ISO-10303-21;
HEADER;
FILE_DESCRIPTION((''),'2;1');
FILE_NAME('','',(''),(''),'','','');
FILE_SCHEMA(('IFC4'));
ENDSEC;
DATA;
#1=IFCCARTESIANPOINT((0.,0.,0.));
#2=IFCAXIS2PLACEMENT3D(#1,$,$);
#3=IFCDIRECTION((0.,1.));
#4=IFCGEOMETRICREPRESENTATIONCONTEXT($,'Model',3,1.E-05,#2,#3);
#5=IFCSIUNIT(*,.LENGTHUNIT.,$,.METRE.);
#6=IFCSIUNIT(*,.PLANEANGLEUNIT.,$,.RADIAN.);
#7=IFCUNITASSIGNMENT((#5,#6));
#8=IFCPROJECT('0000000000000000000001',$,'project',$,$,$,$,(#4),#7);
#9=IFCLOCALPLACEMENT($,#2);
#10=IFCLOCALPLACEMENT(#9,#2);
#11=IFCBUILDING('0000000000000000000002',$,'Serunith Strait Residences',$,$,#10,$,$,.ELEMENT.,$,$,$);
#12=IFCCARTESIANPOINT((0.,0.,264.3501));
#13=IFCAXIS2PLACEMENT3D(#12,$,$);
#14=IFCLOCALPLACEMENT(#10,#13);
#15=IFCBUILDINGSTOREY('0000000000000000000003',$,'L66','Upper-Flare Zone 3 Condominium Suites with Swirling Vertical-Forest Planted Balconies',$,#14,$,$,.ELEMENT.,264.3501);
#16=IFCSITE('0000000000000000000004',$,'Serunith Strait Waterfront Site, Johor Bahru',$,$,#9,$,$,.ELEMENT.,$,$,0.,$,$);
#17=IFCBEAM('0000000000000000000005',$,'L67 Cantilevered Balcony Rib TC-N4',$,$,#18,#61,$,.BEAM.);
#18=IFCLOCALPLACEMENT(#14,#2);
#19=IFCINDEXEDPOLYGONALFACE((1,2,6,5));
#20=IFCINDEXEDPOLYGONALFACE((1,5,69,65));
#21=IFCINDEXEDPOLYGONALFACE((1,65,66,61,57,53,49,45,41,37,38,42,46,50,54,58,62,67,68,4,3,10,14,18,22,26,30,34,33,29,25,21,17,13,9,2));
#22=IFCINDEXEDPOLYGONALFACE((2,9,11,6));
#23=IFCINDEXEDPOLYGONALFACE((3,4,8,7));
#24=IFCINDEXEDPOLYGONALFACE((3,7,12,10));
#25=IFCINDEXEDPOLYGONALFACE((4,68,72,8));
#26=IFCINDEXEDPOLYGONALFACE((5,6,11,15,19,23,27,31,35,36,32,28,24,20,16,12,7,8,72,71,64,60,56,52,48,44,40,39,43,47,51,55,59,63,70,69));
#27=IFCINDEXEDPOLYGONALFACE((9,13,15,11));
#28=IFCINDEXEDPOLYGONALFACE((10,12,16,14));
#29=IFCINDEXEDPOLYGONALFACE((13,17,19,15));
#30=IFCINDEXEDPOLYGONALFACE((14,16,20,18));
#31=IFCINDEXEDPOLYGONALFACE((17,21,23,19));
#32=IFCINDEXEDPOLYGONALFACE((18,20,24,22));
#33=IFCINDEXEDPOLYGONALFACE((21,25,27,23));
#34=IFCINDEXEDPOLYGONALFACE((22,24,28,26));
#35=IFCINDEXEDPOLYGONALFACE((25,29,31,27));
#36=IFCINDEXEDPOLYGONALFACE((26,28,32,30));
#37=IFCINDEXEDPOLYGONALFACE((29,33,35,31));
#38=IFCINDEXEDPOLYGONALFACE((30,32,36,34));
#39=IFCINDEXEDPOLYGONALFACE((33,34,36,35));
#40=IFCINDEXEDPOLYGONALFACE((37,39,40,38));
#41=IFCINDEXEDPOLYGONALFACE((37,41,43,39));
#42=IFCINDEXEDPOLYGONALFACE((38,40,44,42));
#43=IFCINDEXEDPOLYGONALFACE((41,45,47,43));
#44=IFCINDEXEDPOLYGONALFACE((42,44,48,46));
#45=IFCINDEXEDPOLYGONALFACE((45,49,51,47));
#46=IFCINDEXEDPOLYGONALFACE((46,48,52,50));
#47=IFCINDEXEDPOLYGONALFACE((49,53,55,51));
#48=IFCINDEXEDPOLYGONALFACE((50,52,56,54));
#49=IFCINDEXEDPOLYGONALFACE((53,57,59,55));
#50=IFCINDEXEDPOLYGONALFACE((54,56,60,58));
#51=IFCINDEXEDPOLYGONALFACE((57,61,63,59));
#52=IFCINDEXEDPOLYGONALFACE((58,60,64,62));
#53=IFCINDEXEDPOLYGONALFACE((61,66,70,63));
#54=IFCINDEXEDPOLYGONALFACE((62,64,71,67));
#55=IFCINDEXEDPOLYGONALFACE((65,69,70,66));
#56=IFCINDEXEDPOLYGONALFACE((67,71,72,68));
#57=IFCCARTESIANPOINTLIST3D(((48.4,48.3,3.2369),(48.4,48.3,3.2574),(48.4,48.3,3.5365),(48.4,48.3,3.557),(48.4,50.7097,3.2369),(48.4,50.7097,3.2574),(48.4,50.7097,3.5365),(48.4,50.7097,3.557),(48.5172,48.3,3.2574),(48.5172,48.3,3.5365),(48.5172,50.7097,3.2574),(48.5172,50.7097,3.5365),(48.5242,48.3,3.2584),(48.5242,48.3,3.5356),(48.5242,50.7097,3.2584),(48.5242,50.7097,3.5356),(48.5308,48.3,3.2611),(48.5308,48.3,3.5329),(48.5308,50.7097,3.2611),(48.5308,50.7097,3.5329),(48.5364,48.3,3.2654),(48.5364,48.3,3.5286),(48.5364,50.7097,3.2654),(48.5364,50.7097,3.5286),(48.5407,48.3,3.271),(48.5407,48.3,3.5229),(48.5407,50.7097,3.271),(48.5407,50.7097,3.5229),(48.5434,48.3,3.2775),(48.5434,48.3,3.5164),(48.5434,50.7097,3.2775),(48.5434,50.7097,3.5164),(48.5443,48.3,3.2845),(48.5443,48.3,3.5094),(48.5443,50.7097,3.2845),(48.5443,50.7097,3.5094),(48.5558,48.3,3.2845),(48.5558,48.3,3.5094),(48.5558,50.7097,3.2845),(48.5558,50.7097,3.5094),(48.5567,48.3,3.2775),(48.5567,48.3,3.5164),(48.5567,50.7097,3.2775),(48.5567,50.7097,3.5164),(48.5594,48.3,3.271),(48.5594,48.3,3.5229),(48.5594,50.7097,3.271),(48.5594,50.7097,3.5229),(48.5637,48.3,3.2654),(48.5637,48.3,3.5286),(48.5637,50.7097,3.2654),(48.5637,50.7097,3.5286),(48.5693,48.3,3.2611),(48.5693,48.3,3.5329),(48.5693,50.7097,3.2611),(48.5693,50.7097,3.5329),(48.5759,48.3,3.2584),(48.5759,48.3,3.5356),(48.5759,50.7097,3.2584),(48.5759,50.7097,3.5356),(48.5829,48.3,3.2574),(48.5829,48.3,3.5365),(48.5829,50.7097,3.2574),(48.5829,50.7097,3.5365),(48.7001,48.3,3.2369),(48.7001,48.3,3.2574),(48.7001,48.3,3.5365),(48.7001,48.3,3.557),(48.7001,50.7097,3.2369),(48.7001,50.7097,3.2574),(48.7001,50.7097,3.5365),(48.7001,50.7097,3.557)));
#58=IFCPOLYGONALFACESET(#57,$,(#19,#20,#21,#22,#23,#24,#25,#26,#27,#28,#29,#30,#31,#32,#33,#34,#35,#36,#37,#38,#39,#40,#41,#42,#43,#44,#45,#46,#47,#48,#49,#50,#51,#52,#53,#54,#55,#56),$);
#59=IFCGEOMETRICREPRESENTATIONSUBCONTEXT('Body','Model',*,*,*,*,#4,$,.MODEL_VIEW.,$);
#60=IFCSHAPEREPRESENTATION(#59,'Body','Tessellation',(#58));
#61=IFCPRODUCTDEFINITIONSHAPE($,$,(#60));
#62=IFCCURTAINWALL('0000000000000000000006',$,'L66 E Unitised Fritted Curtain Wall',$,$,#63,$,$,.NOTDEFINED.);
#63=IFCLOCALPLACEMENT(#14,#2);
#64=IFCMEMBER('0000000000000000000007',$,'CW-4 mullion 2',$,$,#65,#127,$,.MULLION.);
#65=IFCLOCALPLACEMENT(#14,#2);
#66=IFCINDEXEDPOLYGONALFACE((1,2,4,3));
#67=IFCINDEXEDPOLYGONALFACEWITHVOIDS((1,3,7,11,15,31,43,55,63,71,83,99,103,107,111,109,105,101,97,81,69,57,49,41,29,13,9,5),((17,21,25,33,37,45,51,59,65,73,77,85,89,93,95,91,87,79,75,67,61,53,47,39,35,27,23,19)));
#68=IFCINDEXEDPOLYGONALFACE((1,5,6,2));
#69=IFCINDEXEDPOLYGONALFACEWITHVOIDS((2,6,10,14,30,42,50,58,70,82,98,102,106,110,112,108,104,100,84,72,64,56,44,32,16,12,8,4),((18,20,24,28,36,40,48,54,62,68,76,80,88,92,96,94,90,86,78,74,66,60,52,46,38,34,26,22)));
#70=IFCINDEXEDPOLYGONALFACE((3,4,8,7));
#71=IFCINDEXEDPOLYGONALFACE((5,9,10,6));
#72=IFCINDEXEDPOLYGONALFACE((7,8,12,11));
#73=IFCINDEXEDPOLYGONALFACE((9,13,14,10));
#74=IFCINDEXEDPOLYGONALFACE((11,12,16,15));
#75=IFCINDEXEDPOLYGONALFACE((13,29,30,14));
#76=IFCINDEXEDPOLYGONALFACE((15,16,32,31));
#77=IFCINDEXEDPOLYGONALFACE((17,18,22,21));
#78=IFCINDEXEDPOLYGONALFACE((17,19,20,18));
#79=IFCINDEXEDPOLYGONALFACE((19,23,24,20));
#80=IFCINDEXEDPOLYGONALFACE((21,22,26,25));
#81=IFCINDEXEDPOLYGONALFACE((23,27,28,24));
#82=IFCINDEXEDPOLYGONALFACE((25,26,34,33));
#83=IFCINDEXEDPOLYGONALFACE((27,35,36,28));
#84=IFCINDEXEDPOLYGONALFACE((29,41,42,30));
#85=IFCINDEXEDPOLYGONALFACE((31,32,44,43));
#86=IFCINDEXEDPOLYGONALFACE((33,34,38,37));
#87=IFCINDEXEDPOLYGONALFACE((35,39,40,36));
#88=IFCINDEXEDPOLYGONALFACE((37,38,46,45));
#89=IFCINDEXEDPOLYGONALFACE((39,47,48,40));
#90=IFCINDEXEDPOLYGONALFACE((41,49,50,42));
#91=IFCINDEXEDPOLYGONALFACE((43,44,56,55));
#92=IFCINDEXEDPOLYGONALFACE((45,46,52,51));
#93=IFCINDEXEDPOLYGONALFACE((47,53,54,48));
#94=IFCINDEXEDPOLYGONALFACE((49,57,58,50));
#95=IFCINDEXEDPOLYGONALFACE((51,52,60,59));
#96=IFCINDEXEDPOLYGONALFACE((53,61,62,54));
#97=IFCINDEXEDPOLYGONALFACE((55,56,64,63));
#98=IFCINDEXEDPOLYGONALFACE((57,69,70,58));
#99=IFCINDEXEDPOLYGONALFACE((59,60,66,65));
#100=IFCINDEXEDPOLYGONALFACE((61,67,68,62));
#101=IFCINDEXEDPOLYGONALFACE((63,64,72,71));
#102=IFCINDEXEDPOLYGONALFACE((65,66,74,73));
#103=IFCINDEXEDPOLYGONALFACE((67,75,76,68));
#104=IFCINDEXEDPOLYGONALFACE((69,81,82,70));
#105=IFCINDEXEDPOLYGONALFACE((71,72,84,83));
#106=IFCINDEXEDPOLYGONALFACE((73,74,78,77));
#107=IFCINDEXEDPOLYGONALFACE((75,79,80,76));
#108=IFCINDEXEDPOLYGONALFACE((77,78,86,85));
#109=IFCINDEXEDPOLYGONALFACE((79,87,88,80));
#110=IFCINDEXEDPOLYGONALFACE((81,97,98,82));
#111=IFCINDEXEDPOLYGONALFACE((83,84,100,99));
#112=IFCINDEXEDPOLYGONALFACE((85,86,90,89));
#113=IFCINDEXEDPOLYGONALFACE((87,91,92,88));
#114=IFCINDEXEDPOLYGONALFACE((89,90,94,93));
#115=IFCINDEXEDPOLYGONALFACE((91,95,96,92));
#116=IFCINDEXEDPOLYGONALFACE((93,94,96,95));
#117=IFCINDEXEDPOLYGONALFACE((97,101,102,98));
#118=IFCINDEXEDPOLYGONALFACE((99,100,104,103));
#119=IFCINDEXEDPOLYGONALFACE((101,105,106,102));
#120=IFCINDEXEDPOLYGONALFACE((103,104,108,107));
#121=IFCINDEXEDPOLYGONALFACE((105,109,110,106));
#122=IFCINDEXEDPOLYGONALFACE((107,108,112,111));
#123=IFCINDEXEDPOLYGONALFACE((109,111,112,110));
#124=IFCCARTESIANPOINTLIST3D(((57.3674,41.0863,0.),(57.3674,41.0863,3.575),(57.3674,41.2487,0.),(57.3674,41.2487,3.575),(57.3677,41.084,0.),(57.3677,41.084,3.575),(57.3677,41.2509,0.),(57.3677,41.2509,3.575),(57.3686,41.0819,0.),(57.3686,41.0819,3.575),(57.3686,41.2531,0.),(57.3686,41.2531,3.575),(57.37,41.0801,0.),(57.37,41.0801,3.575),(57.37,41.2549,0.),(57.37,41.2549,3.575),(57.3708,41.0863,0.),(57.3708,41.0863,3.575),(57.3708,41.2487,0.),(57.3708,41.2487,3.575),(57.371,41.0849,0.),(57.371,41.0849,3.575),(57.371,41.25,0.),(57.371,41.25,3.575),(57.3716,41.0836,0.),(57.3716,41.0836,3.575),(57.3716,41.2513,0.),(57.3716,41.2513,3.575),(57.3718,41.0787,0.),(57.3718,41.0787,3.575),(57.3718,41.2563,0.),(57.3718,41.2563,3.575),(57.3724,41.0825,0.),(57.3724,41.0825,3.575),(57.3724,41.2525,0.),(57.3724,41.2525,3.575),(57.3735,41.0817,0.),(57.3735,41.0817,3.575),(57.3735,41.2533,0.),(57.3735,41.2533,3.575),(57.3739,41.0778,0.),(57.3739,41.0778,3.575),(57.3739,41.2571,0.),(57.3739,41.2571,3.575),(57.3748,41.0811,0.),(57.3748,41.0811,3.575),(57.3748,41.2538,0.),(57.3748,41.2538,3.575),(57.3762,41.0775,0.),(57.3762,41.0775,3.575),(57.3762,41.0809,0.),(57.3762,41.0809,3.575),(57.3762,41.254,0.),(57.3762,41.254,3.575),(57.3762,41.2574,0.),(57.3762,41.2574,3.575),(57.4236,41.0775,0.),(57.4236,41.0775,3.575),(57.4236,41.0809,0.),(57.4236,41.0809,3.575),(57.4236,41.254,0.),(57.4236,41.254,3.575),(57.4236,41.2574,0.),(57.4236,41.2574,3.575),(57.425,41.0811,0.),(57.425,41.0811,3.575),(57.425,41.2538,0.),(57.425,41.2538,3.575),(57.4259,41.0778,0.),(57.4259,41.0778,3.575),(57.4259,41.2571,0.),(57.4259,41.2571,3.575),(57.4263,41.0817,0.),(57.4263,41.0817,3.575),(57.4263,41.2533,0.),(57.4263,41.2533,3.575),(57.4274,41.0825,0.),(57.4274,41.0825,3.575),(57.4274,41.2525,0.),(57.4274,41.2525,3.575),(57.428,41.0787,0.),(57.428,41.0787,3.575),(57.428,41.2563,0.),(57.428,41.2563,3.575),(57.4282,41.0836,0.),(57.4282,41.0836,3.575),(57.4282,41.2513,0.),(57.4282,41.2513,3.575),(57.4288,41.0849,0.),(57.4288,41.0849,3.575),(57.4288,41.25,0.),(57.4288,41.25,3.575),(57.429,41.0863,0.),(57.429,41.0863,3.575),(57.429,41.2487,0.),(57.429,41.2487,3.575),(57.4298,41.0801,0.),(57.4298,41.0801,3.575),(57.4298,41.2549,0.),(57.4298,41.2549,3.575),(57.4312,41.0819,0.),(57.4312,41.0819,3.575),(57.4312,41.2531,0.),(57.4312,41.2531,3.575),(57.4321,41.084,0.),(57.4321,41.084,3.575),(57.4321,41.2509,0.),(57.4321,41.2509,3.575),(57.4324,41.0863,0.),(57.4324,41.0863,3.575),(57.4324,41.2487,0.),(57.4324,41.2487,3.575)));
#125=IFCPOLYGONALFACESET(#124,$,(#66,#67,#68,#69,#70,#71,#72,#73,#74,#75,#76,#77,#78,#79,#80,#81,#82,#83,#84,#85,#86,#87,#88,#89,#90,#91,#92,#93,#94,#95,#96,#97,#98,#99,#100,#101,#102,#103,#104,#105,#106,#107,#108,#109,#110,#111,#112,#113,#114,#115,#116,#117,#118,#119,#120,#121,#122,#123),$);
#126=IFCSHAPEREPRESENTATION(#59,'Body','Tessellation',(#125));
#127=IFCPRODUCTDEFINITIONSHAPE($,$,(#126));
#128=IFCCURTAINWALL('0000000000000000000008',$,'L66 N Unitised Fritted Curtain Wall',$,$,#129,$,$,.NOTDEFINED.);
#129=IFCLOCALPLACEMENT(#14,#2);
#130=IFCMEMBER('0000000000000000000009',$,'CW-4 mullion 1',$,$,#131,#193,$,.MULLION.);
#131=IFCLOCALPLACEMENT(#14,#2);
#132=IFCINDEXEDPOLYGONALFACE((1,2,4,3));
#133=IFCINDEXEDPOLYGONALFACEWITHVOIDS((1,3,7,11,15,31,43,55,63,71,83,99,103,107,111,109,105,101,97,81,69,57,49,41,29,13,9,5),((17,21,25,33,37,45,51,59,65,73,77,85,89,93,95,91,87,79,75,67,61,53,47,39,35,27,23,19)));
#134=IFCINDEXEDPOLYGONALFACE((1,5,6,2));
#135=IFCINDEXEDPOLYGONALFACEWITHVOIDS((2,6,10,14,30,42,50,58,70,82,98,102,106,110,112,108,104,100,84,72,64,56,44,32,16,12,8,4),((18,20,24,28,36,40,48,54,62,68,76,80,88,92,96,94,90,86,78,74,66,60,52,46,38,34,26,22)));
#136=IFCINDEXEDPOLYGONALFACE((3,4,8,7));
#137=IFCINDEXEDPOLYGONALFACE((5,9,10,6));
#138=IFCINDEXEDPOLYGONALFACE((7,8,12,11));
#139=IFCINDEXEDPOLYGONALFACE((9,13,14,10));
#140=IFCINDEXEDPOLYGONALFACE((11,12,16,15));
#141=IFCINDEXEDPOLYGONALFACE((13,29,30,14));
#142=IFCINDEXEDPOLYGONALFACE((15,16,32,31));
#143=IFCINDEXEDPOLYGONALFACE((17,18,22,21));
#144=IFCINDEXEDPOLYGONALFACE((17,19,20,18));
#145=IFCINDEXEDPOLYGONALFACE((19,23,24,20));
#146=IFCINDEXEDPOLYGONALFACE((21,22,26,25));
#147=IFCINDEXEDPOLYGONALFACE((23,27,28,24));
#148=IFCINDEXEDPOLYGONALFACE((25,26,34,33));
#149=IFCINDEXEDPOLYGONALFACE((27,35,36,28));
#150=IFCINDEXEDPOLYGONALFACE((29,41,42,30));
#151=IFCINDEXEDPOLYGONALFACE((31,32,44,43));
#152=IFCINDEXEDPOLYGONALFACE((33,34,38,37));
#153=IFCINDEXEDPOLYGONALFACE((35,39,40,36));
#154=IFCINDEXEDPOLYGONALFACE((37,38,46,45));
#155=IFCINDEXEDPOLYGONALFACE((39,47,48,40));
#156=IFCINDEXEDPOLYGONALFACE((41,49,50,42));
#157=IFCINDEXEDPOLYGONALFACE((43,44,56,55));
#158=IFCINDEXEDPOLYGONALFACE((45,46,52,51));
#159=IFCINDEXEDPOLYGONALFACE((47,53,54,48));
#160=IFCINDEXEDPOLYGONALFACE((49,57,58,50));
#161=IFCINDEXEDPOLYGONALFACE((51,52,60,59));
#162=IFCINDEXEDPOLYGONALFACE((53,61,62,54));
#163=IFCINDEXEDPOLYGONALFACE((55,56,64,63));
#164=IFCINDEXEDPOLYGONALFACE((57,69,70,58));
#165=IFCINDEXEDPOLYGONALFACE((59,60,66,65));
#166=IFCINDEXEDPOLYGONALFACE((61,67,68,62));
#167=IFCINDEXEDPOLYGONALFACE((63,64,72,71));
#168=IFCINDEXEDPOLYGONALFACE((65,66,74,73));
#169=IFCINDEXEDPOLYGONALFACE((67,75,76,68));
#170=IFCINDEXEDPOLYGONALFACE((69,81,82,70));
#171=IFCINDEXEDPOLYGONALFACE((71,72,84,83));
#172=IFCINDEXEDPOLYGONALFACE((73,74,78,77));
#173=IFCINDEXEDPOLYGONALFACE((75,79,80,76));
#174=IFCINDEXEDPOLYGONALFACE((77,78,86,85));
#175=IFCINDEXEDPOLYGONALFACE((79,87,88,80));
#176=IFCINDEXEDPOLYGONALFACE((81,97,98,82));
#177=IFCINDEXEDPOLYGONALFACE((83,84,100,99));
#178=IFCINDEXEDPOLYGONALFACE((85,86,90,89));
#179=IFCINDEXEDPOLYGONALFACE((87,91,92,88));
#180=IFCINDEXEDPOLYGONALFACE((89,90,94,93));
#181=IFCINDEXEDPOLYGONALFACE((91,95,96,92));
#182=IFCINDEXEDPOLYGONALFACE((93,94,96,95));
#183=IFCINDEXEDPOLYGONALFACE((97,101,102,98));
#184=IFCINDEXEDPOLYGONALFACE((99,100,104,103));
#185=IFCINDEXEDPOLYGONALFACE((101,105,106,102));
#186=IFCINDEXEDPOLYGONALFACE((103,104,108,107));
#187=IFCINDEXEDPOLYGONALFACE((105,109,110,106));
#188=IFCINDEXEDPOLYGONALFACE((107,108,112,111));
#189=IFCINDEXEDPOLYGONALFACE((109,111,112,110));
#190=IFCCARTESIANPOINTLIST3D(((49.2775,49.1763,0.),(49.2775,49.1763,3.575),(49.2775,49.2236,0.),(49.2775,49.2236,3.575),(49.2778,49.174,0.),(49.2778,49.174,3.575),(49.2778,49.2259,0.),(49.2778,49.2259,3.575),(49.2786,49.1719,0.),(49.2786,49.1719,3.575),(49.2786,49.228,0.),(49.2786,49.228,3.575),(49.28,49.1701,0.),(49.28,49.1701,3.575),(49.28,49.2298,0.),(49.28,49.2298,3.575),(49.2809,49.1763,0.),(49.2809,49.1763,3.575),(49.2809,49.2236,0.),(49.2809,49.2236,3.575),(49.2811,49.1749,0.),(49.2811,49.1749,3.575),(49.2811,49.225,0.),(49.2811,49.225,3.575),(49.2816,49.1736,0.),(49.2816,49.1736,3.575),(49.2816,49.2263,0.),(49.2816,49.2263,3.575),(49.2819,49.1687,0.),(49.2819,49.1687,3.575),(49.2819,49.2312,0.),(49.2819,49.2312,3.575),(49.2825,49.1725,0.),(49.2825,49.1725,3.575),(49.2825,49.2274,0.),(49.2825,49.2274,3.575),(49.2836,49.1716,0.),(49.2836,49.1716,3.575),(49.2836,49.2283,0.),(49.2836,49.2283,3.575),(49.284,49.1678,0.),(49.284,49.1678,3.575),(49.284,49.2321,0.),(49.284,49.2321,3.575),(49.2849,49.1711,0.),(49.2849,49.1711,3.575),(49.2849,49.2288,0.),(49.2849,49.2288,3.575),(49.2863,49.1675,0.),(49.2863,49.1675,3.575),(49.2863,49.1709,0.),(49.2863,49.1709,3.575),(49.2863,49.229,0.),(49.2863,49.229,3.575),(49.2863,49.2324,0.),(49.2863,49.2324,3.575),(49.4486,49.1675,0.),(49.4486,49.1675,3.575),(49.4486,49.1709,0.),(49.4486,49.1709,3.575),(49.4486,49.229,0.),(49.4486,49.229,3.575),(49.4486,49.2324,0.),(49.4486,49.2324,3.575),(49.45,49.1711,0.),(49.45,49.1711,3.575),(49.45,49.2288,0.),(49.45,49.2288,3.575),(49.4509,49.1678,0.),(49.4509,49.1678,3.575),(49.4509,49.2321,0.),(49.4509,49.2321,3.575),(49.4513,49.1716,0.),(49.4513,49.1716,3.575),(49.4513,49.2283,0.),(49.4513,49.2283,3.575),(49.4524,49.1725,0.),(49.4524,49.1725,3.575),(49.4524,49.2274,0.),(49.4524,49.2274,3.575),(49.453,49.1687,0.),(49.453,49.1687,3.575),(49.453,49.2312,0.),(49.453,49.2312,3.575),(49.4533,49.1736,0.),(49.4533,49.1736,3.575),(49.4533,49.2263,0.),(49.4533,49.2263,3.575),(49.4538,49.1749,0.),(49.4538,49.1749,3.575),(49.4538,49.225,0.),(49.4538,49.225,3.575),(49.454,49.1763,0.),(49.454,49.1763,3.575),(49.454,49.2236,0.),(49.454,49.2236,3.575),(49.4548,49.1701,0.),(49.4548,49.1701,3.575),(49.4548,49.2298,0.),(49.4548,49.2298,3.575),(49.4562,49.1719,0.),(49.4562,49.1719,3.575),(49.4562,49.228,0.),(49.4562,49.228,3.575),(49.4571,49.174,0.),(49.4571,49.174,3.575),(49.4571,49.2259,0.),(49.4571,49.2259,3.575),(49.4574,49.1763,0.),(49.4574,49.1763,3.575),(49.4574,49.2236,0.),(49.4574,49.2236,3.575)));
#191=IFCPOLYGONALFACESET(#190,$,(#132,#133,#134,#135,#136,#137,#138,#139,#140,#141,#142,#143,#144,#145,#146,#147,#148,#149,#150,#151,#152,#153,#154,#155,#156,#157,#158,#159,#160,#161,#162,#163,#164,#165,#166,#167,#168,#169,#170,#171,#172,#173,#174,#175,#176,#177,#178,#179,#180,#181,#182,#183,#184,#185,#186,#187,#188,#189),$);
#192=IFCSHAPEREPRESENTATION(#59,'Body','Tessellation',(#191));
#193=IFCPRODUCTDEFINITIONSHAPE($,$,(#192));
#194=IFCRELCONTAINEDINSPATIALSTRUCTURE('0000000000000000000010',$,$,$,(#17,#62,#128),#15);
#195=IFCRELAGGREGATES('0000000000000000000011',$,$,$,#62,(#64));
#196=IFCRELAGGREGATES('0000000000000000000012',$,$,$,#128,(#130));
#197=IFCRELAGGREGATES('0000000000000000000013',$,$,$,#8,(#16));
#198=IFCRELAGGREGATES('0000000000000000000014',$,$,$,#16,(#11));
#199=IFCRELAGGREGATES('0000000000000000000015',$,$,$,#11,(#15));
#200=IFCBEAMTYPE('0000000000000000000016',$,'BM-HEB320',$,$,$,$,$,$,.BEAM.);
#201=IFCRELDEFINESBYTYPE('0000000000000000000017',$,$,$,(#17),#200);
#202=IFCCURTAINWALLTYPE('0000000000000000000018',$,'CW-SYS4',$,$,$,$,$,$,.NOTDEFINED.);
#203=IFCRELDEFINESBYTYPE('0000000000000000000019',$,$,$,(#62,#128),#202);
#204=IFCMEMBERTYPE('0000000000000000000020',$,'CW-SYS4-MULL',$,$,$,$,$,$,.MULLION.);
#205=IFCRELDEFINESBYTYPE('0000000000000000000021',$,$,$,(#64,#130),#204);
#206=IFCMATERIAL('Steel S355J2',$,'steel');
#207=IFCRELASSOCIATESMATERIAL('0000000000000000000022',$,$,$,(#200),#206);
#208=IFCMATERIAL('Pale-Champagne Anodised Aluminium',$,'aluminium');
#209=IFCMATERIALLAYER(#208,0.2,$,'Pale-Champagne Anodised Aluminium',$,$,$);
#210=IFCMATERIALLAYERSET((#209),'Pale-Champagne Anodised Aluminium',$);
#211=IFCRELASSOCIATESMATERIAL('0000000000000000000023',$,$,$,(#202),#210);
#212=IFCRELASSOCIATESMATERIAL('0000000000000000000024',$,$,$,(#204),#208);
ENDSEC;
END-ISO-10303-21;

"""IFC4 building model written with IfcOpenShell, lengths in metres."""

from ifc_helpers import new_model, si_unit, direction, frame, origin, origin_2d, place, context, subcontext, project, spatial, hollow_rectangle, i_section, extrude, source, transform, mapped, material, layer, layer_set, material_profile, profile_set, type_object, element, aggregate, save


model = new_model("IFC4")

# Units and contexts
model_context = context("Model", 3, precision=1e-05, world=origin(), true_north=direction((0.0, 1.0)))
body_context = subcontext(model_context, "Body", "Model", "MODEL_VIEW")
ifc_project = project(units=[si_unit("LENGTHUNIT", "METRE"), si_unit("PLANEANGLEUNIT", "RADIAN")], contexts=[model_context])

# Site, building, storey
site_placement = place(None, origin())
site = spatial("IfcSite", under=ifc_project, at=site_placement, Name="Serunith Strait Waterfront Site, Johor Bahru", CompositionType="ELEMENT", RefElevation=0.0)
building_placement = place(site_placement, origin())
building = spatial("IfcBuilding", under=site, at=building_placement, Name="Serunith Strait Residences", CompositionType="ELEMENT")
storey_placement = place(building_placement, frame((0.0, 0.0, 264.3501)))
storey = spatial("IfcBuildingStorey", under=building, at=storey_placement, Name="L66", Description="Upper-Flare Zone 3 Condominium Suites with Swirling Vertical-Forest Planted Balconies", CompositionType="ELEMENT", Elevation=264.3501)

# Beam
ifc_material_1 = material(Name="Steel S355J2", Category="steel")
ifc_material_profile_1 = material_profile(ifc_material_1, i_section(OverallWidth=0.3, OverallDepth=0.3201, WebThickness=0.0115, FlangeThickness=0.0205, FilletRadius=0.0271, at=origin_2d()), Name="HEB 320")
ifc_profile_set_1 = profile_set([ifc_material_profile_1], Name="Steel S355J2")
beam_type_1 = type_object("IfcBeamType", Name="BM-HEB320", PredefinedType="BEAM", material=ifc_profile_set_1)
shared_shape_1 = source(origin(), body_context, "Body", "SweptSolid", [
    extrude(i_section(OverallWidth=0.3, OverallDepth=0.3201, WebThickness=0.0115, FlangeThickness=0.0205, FilletRadius=0.0271, at=origin_2d()), origin(), (0.0, 0.0, 1.0), 2.4097),
])
beam_1_placement = place(storey_placement, frame((48.55, 48.3, 3.397), z_axis=(0.0, 1.0, 0.0), x_axis=(-1.0, 0.0, 0.0)))
element("IfcBeam", 1, at=beam_1_placement, inside=storey, type_object=beam_type_1, Name="L67 Cantilevered Balcony Rib TC-N4", PredefinedType="BEAM", context=body_context, shape_type="MappedRepresentation", body=[
    mapped(shared_shape_1, transform((0.0, 0.0, 0.0), scale=1.0)),
])

# Curtain wall, member
ifc_material_2 = material(Name="Pale-Champagne Anodised Aluminium", Category="aluminium")
ifc_layer_1 = layer(ifc_material_2, 0.2, Name="Pale-Champagne Anodised Aluminium")
ifc_layer_set_1 = layer_set([ifc_layer_1], Name="Pale-Champagne Anodised Aluminium")
curtain_wall_type = type_object("IfcCurtainWallType", Name="CW-SYS4", PredefinedType="NOTDEFINED", material=ifc_layer_set_1)
curtain_wall_1_placement = place(storey_placement, origin())
curtain_wall_1 = element("IfcCurtainWall", 2, at=curtain_wall_1_placement, inside=storey, type_object=curtain_wall_type, Name="L66 E Unitised Fritted Curtain Wall", PredefinedType="NOTDEFINED")
ifc_material_profile_2 = material_profile(ifc_material_2, hollow_rectangle(XDim=0.0649, YDim=0.1799, WallThickness=0.0034, InnerFilletRadius=0.0054, OuterFilletRadius=0.0088, at=origin_2d()), Name="ALU 180x65x3.5")
ifc_profile_set_2 = profile_set([ifc_material_profile_2], Name="Pale-Champagne Anodised Aluminium")
member_type_1 = type_object("IfcMemberType", Name="CW-SYS4-MULL", PredefinedType="MULLION", material=ifc_profile_set_2)
shared_shape_2 = source(origin(), body_context, "Body", "SweptSolid", [
    extrude(hollow_rectangle(XDim=0.0649, YDim=0.1799, WallThickness=0.0034, InnerFilletRadius=0.0054, OuterFilletRadius=0.0088, at=origin_2d()), origin(), (0.0, 0.0, 1.0), 3.575),
])
member_1_placement = place(storey_placement, frame((57.3999, 41.1675, 0.0), z_axis=(0.0, 0.0, 1.0), x_axis=(-1.0, 0.0, 0.0)))
member_1 = element("IfcMember", 3, at=member_1_placement, type_object=member_type_1, Name="CW-4 mullion 2", PredefinedType="MULLION", context=body_context, shape_type="MappedRepresentation", body=[
    mapped(shared_shape_2, transform((0.0, 0.0, 0.0), scale=1.0)),
])
aggregate(curtain_wall_1, [member_1])

# Curtain wall, member
curtain_wall_2_placement = place(storey_placement, origin())
curtain_wall_2 = element("IfcCurtainWall", 4, at=curtain_wall_2_placement, inside=storey, type_object=curtain_wall_type, Name="L66 N Unitised Fritted Curtain Wall", PredefinedType="NOTDEFINED")
member_2_placement = place(storey_placement, frame((49.3674, 49.2, 0.0), z_axis=(0.0, 0.0, 1.0), x_axis=(0.0, -1.0, 0.0)))
member_2 = element("IfcMember", 5, at=member_2_placement, type_object=member_type_1, Name="CW-4 mullion 1", PredefinedType="MULLION", context=body_context, shape_type="MappedRepresentation", body=[
    mapped(shared_shape_2, transform((0.0, 0.0, 0.0), scale=1.0)),
])
aggregate(curtain_wall_2, [member_2])

save(model, "model.ifc")
